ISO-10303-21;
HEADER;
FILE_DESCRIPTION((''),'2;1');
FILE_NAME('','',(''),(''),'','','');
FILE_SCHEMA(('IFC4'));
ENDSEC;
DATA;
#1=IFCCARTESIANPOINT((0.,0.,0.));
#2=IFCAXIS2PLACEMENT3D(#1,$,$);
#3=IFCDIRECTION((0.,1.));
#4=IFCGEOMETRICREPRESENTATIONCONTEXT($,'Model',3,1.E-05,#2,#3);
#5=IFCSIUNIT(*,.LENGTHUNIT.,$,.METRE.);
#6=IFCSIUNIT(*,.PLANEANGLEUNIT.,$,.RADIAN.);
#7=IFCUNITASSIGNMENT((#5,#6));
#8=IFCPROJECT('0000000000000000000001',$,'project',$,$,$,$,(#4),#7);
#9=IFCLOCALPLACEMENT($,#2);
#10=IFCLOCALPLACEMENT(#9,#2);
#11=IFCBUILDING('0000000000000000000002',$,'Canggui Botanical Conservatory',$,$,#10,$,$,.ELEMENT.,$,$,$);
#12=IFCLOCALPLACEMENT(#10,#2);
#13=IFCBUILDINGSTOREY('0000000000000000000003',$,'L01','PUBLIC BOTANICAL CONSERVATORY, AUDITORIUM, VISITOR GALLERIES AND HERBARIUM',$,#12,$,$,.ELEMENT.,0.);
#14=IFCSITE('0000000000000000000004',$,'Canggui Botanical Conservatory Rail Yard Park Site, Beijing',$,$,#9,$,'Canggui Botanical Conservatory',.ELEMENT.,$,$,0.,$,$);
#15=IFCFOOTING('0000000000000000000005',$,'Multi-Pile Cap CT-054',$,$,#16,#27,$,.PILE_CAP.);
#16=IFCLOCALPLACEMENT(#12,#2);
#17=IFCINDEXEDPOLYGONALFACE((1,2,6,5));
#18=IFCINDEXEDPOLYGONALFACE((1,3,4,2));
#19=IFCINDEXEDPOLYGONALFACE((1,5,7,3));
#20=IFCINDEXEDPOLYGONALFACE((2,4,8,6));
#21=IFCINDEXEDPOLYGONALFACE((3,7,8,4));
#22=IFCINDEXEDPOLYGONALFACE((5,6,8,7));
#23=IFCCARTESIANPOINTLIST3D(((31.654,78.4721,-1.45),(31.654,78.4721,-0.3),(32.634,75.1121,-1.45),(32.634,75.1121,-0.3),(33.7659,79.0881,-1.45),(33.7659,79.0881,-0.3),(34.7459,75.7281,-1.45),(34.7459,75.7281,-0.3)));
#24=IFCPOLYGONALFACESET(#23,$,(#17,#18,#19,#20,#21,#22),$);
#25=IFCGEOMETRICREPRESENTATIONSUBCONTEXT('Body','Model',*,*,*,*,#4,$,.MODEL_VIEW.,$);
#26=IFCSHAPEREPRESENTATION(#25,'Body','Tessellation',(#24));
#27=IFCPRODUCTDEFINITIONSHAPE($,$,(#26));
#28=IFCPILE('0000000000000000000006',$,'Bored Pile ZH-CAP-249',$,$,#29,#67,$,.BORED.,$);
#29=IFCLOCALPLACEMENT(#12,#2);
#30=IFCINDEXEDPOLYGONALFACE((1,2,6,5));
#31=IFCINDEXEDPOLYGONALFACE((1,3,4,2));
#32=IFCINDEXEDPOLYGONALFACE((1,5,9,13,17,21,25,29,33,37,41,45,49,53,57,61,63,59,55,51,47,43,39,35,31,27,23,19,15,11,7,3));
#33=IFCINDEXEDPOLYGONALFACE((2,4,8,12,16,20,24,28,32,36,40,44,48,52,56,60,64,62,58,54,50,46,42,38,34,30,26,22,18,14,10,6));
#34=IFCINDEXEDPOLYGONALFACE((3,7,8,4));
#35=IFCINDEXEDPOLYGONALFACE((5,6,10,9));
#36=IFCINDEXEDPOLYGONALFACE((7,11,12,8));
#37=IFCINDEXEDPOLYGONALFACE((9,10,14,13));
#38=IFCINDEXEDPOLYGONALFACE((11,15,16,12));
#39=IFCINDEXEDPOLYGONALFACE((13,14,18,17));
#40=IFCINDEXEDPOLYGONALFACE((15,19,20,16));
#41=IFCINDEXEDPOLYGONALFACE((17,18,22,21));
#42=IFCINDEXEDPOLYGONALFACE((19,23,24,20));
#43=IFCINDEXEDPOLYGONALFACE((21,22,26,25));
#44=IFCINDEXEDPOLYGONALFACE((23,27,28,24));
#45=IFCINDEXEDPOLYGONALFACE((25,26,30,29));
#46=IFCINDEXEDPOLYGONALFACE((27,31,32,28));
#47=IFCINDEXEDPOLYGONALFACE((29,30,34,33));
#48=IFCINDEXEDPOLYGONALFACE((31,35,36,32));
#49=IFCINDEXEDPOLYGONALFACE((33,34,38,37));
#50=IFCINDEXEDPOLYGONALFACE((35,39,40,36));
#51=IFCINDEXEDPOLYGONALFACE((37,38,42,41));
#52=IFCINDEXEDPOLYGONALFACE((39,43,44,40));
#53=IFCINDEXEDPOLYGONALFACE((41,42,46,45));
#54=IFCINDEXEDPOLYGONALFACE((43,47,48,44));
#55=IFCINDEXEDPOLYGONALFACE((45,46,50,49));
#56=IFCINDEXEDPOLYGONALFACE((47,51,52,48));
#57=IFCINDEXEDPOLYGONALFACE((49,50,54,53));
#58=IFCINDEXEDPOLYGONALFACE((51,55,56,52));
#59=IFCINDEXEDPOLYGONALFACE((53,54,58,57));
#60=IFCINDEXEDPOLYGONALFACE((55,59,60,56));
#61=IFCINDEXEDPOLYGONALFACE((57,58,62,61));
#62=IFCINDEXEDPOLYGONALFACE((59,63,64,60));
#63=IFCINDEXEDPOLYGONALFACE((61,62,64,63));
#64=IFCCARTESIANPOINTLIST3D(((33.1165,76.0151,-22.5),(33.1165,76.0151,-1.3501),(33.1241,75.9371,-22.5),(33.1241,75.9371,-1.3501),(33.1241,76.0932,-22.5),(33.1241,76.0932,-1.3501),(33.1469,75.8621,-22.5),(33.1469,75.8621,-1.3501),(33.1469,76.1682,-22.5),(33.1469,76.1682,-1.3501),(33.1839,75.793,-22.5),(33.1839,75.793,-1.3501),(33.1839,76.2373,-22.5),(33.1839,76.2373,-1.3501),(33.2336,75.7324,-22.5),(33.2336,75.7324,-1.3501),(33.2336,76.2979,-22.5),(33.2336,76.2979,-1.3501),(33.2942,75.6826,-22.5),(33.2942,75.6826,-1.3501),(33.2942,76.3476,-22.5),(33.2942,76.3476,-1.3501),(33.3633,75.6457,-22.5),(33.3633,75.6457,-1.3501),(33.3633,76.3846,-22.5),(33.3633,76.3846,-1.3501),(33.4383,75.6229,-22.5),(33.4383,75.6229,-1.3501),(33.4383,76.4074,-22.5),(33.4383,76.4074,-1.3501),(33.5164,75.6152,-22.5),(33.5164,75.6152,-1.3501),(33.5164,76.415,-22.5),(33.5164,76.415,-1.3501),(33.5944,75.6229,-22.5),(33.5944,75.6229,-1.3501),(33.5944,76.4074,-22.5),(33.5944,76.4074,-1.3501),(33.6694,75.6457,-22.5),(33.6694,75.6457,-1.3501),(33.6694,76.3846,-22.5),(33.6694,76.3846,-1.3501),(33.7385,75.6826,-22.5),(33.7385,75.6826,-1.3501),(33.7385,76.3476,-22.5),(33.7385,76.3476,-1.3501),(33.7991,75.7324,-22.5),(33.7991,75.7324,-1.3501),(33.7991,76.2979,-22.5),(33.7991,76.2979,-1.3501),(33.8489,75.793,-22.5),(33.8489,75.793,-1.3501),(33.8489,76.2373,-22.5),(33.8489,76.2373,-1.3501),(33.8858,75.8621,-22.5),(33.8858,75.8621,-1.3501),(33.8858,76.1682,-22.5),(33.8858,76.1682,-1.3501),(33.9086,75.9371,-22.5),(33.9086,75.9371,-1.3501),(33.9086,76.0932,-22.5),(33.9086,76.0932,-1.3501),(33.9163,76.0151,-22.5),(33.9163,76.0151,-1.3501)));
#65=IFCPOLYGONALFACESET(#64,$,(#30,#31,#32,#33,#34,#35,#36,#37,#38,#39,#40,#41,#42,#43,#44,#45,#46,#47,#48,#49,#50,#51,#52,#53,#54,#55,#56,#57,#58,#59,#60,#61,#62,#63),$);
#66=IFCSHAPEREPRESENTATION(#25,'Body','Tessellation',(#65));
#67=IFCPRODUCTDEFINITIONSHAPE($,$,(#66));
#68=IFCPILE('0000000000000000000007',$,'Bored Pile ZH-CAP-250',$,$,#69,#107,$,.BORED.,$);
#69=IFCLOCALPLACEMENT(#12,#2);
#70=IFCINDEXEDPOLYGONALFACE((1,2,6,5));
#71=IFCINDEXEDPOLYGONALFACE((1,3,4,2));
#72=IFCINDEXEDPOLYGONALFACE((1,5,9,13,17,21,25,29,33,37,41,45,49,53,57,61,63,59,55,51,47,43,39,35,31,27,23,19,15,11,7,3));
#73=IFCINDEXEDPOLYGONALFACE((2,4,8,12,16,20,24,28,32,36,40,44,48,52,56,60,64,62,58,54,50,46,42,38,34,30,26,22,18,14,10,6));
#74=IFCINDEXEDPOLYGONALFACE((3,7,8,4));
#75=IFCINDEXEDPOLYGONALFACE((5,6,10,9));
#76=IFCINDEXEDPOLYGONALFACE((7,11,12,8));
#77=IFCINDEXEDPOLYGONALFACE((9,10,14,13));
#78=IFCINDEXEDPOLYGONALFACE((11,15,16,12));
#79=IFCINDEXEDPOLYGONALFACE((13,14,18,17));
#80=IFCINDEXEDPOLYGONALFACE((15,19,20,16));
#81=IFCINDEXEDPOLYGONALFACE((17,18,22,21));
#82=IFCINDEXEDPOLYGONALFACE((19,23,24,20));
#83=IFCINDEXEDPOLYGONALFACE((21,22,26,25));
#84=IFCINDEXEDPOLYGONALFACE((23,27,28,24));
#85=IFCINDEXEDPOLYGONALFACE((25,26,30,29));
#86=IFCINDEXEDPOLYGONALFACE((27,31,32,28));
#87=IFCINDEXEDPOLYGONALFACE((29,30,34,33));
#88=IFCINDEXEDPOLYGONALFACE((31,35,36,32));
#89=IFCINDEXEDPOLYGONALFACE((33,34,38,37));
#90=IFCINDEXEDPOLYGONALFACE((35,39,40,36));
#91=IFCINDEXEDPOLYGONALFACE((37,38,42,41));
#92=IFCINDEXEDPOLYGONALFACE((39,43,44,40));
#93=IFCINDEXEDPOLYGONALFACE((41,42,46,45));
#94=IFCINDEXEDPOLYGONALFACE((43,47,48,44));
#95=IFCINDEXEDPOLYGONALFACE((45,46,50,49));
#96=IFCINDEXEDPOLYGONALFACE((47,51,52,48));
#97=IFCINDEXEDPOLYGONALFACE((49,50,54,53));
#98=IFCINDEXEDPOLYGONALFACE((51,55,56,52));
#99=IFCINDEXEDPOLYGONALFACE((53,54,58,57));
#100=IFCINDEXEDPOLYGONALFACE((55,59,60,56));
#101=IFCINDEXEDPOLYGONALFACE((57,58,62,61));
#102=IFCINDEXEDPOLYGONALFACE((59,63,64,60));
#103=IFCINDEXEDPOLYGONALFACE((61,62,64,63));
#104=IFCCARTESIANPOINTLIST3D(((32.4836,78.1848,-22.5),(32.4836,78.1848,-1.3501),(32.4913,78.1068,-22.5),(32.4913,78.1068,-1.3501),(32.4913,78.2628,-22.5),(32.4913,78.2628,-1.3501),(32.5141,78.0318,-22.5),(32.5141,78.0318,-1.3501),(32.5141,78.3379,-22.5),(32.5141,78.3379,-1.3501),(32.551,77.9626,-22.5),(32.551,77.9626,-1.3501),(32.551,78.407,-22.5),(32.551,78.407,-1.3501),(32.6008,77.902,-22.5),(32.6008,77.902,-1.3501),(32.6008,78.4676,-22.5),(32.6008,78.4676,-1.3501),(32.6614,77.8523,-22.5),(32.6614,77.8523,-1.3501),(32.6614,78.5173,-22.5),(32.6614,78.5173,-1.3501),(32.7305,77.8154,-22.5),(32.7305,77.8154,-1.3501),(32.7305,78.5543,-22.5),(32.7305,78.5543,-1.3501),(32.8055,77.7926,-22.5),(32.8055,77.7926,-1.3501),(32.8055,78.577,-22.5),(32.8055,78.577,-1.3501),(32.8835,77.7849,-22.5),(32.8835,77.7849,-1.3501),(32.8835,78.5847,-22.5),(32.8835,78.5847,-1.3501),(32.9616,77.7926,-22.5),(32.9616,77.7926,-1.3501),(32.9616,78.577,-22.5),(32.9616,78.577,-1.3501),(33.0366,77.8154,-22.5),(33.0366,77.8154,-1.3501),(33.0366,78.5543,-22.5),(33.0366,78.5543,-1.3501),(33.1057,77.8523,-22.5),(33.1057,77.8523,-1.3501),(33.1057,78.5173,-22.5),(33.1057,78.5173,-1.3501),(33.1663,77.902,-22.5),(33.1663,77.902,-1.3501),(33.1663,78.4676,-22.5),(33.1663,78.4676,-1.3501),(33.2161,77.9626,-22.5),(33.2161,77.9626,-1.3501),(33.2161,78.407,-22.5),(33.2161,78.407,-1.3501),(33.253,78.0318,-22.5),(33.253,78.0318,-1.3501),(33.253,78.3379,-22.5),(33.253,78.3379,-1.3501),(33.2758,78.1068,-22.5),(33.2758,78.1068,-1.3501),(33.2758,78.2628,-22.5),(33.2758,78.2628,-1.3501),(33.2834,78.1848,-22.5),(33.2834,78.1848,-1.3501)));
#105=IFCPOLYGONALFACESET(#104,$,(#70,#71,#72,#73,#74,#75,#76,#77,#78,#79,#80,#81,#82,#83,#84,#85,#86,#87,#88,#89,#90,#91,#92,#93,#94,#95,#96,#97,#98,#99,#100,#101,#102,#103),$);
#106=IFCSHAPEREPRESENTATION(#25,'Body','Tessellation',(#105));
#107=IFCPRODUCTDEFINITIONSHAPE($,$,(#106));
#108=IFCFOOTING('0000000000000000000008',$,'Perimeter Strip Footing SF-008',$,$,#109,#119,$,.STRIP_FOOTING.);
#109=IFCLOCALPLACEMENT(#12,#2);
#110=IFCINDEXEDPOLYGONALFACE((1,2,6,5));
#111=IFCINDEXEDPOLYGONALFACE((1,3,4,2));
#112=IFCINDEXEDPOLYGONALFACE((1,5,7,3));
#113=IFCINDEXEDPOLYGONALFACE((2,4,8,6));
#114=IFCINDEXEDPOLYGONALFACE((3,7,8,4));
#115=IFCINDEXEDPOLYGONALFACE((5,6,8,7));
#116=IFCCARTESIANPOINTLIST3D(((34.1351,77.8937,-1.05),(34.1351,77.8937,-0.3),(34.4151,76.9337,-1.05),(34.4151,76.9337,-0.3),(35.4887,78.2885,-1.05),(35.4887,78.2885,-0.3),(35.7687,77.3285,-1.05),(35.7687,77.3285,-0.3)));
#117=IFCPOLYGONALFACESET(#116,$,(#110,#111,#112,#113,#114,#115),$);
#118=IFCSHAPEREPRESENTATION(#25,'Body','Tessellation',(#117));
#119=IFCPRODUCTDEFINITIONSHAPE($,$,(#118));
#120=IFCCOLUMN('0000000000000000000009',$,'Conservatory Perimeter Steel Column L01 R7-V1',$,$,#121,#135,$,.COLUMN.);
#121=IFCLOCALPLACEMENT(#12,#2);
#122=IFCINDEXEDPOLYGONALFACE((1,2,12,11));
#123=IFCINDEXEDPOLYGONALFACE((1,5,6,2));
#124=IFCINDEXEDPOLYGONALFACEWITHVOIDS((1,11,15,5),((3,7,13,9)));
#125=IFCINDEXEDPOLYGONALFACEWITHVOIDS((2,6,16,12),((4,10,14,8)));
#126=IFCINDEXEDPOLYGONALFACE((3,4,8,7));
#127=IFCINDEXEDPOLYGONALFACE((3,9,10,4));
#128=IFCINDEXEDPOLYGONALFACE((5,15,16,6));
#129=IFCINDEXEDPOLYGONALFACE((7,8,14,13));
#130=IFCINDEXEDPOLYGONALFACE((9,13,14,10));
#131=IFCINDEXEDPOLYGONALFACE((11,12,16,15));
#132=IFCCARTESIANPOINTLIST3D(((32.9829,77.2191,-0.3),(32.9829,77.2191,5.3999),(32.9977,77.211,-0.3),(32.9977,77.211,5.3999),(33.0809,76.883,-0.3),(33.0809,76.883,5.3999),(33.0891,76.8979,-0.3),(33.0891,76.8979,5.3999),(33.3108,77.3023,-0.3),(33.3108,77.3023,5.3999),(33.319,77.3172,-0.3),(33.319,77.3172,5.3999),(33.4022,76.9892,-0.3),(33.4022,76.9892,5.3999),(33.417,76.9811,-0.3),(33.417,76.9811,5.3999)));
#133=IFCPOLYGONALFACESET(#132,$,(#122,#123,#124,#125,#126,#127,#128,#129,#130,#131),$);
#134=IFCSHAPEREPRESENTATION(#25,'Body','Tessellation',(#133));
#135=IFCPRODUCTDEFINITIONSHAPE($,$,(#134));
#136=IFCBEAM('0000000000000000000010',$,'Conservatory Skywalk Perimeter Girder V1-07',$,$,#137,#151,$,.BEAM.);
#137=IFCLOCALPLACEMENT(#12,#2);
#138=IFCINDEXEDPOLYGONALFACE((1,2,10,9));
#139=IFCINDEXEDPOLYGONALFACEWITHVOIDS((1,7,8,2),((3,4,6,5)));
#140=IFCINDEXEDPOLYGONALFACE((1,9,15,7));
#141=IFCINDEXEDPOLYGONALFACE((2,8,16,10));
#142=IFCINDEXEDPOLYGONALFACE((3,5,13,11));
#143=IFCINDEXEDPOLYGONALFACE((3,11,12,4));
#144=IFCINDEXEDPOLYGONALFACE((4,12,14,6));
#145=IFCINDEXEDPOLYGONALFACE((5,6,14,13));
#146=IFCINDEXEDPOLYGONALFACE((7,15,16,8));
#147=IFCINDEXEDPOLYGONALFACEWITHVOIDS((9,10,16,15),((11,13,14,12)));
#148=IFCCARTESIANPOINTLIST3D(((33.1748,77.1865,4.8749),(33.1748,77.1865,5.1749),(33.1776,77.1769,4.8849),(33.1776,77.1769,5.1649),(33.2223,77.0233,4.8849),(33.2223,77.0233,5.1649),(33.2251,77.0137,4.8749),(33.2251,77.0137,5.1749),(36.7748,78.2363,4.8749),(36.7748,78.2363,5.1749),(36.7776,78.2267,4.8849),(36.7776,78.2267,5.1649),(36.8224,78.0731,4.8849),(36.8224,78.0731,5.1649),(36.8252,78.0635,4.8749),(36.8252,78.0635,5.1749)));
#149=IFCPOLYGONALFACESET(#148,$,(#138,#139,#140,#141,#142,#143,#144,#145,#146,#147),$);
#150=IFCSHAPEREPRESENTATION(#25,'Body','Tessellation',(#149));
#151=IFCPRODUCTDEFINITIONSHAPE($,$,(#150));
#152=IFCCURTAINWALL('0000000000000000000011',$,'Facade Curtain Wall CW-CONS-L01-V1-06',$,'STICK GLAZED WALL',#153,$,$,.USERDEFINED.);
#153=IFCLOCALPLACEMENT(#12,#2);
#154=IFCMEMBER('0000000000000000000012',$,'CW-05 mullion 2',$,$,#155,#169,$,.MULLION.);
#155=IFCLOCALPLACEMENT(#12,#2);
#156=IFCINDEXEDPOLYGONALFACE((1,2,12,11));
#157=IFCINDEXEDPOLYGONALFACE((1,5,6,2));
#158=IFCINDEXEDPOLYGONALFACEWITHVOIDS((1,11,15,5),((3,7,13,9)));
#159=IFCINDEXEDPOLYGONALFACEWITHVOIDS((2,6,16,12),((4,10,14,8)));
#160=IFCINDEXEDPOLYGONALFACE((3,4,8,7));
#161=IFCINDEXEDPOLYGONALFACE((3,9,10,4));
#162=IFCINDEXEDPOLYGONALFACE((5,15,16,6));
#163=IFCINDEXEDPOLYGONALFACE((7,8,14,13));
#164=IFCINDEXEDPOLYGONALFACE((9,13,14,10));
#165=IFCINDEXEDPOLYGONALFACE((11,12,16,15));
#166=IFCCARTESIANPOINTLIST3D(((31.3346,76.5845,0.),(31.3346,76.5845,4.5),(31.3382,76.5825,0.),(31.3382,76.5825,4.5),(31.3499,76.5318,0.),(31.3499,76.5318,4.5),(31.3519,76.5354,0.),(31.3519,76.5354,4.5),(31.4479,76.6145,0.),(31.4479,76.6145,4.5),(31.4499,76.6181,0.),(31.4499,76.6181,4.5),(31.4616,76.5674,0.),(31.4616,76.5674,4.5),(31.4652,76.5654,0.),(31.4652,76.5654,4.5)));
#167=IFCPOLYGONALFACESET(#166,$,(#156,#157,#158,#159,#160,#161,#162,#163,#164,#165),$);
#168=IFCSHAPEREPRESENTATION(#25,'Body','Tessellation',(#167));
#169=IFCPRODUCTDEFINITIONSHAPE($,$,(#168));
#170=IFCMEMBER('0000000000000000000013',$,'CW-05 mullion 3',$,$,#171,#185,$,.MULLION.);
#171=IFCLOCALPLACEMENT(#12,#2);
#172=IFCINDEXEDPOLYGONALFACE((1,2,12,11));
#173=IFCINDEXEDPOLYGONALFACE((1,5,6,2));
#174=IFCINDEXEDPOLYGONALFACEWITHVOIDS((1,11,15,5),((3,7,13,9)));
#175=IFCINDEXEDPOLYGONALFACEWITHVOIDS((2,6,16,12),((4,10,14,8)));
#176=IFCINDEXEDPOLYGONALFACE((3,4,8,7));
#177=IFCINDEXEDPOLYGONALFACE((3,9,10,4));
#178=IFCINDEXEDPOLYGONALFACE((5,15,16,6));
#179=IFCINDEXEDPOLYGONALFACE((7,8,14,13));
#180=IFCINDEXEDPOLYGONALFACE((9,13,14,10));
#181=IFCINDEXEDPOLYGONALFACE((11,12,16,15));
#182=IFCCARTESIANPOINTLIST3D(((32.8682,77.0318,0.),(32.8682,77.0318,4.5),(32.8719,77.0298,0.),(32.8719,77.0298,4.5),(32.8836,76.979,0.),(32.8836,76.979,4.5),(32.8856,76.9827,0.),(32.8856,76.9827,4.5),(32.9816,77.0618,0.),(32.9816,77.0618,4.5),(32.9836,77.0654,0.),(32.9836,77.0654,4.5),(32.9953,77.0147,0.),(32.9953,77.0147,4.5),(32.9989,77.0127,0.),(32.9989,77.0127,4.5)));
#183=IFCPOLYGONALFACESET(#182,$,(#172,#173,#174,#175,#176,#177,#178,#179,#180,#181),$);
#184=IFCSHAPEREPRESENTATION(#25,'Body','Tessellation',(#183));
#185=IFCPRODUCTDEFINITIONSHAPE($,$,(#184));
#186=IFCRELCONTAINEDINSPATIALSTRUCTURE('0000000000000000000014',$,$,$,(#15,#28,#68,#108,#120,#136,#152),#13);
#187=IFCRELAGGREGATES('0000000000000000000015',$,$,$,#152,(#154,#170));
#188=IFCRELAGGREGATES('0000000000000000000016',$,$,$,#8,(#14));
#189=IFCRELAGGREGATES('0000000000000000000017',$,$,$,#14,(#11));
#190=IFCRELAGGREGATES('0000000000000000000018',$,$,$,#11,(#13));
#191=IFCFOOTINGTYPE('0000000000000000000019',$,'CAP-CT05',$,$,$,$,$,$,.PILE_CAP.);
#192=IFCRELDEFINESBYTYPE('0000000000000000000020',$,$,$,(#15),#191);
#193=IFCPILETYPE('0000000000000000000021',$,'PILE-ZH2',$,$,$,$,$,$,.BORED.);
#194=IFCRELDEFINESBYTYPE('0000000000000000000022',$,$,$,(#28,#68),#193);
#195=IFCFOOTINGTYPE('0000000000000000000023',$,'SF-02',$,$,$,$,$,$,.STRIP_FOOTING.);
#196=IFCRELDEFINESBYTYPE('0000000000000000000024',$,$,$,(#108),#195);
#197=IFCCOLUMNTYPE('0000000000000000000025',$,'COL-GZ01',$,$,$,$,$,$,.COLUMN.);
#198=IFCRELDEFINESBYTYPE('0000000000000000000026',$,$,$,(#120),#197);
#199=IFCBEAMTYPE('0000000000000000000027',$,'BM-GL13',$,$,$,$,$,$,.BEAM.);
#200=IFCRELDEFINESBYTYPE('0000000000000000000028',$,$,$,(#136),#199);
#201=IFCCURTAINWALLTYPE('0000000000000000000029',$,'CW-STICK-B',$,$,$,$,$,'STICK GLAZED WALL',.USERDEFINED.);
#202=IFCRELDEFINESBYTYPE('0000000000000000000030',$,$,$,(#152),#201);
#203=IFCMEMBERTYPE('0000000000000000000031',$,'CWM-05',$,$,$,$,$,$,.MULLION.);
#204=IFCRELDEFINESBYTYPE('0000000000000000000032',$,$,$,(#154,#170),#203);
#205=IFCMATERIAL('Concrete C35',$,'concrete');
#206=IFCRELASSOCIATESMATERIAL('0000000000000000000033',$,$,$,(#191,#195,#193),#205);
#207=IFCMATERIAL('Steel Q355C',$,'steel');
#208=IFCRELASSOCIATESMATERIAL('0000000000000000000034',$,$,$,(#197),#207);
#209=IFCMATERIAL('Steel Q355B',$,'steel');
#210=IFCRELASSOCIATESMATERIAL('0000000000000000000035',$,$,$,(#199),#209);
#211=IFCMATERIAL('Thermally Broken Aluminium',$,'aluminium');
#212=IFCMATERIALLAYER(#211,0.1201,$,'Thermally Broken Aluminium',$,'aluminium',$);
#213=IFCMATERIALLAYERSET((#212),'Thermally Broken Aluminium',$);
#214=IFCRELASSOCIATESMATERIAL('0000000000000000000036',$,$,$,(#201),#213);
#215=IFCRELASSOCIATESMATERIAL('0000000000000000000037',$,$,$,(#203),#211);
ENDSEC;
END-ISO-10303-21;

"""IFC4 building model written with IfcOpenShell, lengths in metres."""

from ifc_helpers import new_model, si_unit, direction, frame, origin, origin_2d, place, context, subcontext, project, spatial, rectangle, hollow_rectangle, circle, extrude, material, layer, layer_set, material_profile, profile_set, type_object, element, aggregate, save


model = new_model("IFC4")

# Units and contexts
model_context = context("Model", 3, precision=1e-05, world=origin(), true_north=direction((0.0, 1.0)))
body_context = subcontext(model_context, "Body", "Model", "MODEL_VIEW")
ifc_project = project(units=[si_unit("LENGTHUNIT", "METRE"), si_unit("PLANEANGLEUNIT", "RADIAN")], contexts=[model_context])

# Site, building, storey
site_placement = place(None, origin())
site = spatial("IfcSite", under=ifc_project, at=site_placement, Name="Canggui Botanical Conservatory Rail Yard Park Site, Beijing", LongName="Canggui Botanical Conservatory", CompositionType="ELEMENT", RefElevation=0.0)
building_placement = place(site_placement, origin())
building = spatial("IfcBuilding", under=site, at=building_placement, Name="Canggui Botanical Conservatory", CompositionType="ELEMENT")
storey_placement = place(building_placement, origin())
storey = spatial("IfcBuildingStorey", under=building, at=storey_placement, Name="L01", Description="PUBLIC BOTANICAL CONSERVATORY, AUDITORIUM, VISITOR GALLERIES AND HERBARIUM", CompositionType="ELEMENT", Elevation=0.0)

# Footing
ifc_material_1 = material(Name="Concrete C35", Category="concrete")
footing_type_1 = type_object("IfcFootingType", Name="CAP-CT05", PredefinedType="PILE_CAP", material=ifc_material_1)
footing_1_placement = place(storey_placement, frame((33.2, 77.1001, -1.45), z_axis=(0.0, 0.0, 1.0), x_axis=(-0.28, 0.96, 0.0)))
element("IfcFooting", 1, at=footing_1_placement, inside=storey, type_object=footing_type_1, Name="Multi-Pile Cap CT-054", PredefinedType="PILE_CAP", context=body_context, shape_type="SweptSolid", body=[
    extrude(rectangle(XDim=3.5, YDim=2.2, at=origin_2d()), origin(), (0.0, 0.0, 1.0), 1.1499),
])

# Piles
ifc_material_profile_1 = material_profile(ifc_material_1, circle(Radius=0.3999, at=origin_2d()), Name="PILE D800")
ifc_profile_set_1 = profile_set([ifc_material_profile_1], Name="Concrete C35")
pile_type = type_object("IfcPileType", Name="PILE-ZH2", PredefinedType="BORED", material=ifc_profile_set_1)
for number, where, z_axis, x_axis, name in (
    (2, (33.5164, 76.0151, -1.3501), (0.0, 0.0, -1.0), (1.0, 0.0, 0.0), "Bored Pile ZH-CAP-249"),
    (3, (32.8835, 78.1848, -1.3501), (0.0, 0.0, -1.0), (1.0, 0.0, 0.0), "Bored Pile ZH-CAP-250"),
):
    element("IfcPile", number, at=place(storey_placement, frame(where, z_axis=z_axis, x_axis=x_axis)), inside=storey, type_object=pile_type, Name=name, PredefinedType="BORED", context=body_context, shape_type="SweptSolid", body=[
        extrude(circle(Radius=0.3999, at=origin_2d()), origin(), (0.0, 0.0, 1.0), 21.1499),
    ])

# Footing
footing_type_2 = type_object("IfcFootingType", Name="SF-02", PredefinedType="STRIP_FOOTING", material=ifc_material_1)
footing_2_placement = place(storey_placement, frame((34.9519, 77.6111, -1.05), z_axis=(0.0, 0.0, 1.0), x_axis=(0.96, 0.28, 0.0)))
element("IfcFooting", 4, at=footing_2_placement, inside=storey, type_object=footing_type_2, Name="Perimeter Strip Footing SF-008", PredefinedType="STRIP_FOOTING", context=body_context, shape_type="SweptSolid", body=[
    extrude(rectangle(XDim=1.4099, YDim=1.0, at=origin_2d()), origin(), (0.0, 0.0, 1.0), 0.75),
])

# Column
ifc_material_2 = material(Name="Steel Q355C", Category="steel")
ifc_material_profile_2 = material_profile(ifc_material_2, hollow_rectangle(XDim=0.3501, YDim=0.3501, WallThickness=0.012, at=origin_2d()), Name="SHS 350x350x12")
ifc_profile_set_2 = profile_set([ifc_material_profile_2], Name="Steel Q355C")
column_type = type_object("IfcColumnType", Name="COL-GZ01", PredefinedType="COLUMN", material=ifc_profile_set_2)
column_placement = place(storey_placement, frame((33.2, 77.1001, -0.3), z_axis=(0.0, 0.0, 1.0), x_axis=(0.96, 0.28, 0.0)))
element("IfcColumn", 5, at=column_placement, inside=storey, type_object=column_type, Name="Conservatory Perimeter Steel Column L01 R7-V1", PredefinedType="COLUMN", context=body_context, shape_type="SweptSolid", body=[
    extrude(hollow_rectangle(XDim=0.3501, YDim=0.3501, WallThickness=0.012, at=origin_2d()), origin(), (0.0, 0.0, 1.0), 5.7),
])

# Beam
ifc_material_3 = material(Name="Steel Q355B", Category="steel")
ifc_material_profile_3 = material_profile(ifc_material_3, hollow_rectangle(XDim=0.1799, YDim=0.3, WallThickness=0.01, at=origin_2d()), Name="RHS 180x300x10")
ifc_profile_set_3 = profile_set([ifc_material_profile_3], Name="Steel Q355B")
beam_type = type_object("IfcBeamType", Name="BM-GL13", PredefinedType="BEAM", material=ifc_profile_set_3)
beam_placement = place(storey_placement, frame((33.2, 77.1001, 5.0249), z_axis=(0.960016, 0.279945, 0.0), x_axis=(-0.279945, 0.960016, 0.0)))
element("IfcBeam", 6, at=beam_placement, inside=storey, type_object=beam_type, Name="Conservatory Skywalk Perimeter Girder V1-07", PredefinedType="BEAM", context=body_context, shape_type="SweptSolid", body=[
    extrude(hollow_rectangle(XDim=0.1799, YDim=0.3, WallThickness=0.01, at=origin_2d()), origin(), (0.0, 0.0, 1.0), 3.75),
])

# Curtain wall, members
ifc_material_4 = material(Name="Thermally Broken Aluminium", Category="aluminium")
ifc_layer_1 = layer(ifc_material_4, 0.1201, Name="Thermally Broken Aluminium", Category="aluminium")
ifc_layer_set_1 = layer_set([ifc_layer_1], Name="Thermally Broken Aluminium")
curtain_wall_type = type_object("IfcCurtainWallType", Name="CW-STICK-B", ElementType="STICK GLAZED WALL", PredefinedType="USERDEFINED", material=ifc_layer_set_1)
curtain_wall_1_placement = place(storey_placement, origin())
curtain_wall_1 = element("IfcCurtainWall", 7, at=curtain_wall_1_placement, inside=storey, type_object=curtain_wall_type, Name="Facade Curtain Wall CW-CONS-L01-V1-06", ObjectType="STICK GLAZED WALL", PredefinedType="USERDEFINED")
ifc_material_profile_4 = material_profile(ifc_material_4, hollow_rectangle(XDim=0.0549, YDim=0.1201, WallThickness=0.0029, at=origin_2d()), Name="CWM 55x120x3")
ifc_profile_set_4 = profile_set([ifc_material_profile_4], Name="Thermally Broken Aluminium")
member_type_1 = type_object("IfcMemberType", Name="CWM-05", PredefinedType="MULLION", material=ifc_profile_set_4)
member_1_placement = place(storey_placement, frame((31.3999, 76.575, 0.0), z_axis=(0.0, 0.0, 1.0), x_axis=(-0.28, 0.96, 0.0)))
member_1 = element("IfcMember", 8, at=member_1_placement, type_object=member_type_1, Name="CW-05 mullion 2", PredefinedType="MULLION", context=body_context, shape_type="SweptSolid", body=[
    extrude(hollow_rectangle(XDim=0.0549, YDim=0.1201, WallThickness=0.0029, at=origin_2d()), origin(), (0.0, 0.0, 1.0), 4.5),
])
member_2_placement = place(storey_placement, frame((32.9336, 77.0222, 0.0), z_axis=(0.0, 0.0, 1.0), x_axis=(-0.28, 0.96, 0.0)))
member_2 = element("IfcMember", 9, at=member_2_placement, type_object=member_type_1, Name="CW-05 mullion 3", PredefinedType="MULLION", context=body_context, shape_type="SweptSolid", body=[
    extrude(hollow_rectangle(XDim=0.0549, YDim=0.1201, WallThickness=0.0029, at=origin_2d()), origin(), (0.0, 0.0, 1.0), 4.5),
])

aggregate(curtain_wall_1, [member_1, member_2])

save(model, "model.ifc")
